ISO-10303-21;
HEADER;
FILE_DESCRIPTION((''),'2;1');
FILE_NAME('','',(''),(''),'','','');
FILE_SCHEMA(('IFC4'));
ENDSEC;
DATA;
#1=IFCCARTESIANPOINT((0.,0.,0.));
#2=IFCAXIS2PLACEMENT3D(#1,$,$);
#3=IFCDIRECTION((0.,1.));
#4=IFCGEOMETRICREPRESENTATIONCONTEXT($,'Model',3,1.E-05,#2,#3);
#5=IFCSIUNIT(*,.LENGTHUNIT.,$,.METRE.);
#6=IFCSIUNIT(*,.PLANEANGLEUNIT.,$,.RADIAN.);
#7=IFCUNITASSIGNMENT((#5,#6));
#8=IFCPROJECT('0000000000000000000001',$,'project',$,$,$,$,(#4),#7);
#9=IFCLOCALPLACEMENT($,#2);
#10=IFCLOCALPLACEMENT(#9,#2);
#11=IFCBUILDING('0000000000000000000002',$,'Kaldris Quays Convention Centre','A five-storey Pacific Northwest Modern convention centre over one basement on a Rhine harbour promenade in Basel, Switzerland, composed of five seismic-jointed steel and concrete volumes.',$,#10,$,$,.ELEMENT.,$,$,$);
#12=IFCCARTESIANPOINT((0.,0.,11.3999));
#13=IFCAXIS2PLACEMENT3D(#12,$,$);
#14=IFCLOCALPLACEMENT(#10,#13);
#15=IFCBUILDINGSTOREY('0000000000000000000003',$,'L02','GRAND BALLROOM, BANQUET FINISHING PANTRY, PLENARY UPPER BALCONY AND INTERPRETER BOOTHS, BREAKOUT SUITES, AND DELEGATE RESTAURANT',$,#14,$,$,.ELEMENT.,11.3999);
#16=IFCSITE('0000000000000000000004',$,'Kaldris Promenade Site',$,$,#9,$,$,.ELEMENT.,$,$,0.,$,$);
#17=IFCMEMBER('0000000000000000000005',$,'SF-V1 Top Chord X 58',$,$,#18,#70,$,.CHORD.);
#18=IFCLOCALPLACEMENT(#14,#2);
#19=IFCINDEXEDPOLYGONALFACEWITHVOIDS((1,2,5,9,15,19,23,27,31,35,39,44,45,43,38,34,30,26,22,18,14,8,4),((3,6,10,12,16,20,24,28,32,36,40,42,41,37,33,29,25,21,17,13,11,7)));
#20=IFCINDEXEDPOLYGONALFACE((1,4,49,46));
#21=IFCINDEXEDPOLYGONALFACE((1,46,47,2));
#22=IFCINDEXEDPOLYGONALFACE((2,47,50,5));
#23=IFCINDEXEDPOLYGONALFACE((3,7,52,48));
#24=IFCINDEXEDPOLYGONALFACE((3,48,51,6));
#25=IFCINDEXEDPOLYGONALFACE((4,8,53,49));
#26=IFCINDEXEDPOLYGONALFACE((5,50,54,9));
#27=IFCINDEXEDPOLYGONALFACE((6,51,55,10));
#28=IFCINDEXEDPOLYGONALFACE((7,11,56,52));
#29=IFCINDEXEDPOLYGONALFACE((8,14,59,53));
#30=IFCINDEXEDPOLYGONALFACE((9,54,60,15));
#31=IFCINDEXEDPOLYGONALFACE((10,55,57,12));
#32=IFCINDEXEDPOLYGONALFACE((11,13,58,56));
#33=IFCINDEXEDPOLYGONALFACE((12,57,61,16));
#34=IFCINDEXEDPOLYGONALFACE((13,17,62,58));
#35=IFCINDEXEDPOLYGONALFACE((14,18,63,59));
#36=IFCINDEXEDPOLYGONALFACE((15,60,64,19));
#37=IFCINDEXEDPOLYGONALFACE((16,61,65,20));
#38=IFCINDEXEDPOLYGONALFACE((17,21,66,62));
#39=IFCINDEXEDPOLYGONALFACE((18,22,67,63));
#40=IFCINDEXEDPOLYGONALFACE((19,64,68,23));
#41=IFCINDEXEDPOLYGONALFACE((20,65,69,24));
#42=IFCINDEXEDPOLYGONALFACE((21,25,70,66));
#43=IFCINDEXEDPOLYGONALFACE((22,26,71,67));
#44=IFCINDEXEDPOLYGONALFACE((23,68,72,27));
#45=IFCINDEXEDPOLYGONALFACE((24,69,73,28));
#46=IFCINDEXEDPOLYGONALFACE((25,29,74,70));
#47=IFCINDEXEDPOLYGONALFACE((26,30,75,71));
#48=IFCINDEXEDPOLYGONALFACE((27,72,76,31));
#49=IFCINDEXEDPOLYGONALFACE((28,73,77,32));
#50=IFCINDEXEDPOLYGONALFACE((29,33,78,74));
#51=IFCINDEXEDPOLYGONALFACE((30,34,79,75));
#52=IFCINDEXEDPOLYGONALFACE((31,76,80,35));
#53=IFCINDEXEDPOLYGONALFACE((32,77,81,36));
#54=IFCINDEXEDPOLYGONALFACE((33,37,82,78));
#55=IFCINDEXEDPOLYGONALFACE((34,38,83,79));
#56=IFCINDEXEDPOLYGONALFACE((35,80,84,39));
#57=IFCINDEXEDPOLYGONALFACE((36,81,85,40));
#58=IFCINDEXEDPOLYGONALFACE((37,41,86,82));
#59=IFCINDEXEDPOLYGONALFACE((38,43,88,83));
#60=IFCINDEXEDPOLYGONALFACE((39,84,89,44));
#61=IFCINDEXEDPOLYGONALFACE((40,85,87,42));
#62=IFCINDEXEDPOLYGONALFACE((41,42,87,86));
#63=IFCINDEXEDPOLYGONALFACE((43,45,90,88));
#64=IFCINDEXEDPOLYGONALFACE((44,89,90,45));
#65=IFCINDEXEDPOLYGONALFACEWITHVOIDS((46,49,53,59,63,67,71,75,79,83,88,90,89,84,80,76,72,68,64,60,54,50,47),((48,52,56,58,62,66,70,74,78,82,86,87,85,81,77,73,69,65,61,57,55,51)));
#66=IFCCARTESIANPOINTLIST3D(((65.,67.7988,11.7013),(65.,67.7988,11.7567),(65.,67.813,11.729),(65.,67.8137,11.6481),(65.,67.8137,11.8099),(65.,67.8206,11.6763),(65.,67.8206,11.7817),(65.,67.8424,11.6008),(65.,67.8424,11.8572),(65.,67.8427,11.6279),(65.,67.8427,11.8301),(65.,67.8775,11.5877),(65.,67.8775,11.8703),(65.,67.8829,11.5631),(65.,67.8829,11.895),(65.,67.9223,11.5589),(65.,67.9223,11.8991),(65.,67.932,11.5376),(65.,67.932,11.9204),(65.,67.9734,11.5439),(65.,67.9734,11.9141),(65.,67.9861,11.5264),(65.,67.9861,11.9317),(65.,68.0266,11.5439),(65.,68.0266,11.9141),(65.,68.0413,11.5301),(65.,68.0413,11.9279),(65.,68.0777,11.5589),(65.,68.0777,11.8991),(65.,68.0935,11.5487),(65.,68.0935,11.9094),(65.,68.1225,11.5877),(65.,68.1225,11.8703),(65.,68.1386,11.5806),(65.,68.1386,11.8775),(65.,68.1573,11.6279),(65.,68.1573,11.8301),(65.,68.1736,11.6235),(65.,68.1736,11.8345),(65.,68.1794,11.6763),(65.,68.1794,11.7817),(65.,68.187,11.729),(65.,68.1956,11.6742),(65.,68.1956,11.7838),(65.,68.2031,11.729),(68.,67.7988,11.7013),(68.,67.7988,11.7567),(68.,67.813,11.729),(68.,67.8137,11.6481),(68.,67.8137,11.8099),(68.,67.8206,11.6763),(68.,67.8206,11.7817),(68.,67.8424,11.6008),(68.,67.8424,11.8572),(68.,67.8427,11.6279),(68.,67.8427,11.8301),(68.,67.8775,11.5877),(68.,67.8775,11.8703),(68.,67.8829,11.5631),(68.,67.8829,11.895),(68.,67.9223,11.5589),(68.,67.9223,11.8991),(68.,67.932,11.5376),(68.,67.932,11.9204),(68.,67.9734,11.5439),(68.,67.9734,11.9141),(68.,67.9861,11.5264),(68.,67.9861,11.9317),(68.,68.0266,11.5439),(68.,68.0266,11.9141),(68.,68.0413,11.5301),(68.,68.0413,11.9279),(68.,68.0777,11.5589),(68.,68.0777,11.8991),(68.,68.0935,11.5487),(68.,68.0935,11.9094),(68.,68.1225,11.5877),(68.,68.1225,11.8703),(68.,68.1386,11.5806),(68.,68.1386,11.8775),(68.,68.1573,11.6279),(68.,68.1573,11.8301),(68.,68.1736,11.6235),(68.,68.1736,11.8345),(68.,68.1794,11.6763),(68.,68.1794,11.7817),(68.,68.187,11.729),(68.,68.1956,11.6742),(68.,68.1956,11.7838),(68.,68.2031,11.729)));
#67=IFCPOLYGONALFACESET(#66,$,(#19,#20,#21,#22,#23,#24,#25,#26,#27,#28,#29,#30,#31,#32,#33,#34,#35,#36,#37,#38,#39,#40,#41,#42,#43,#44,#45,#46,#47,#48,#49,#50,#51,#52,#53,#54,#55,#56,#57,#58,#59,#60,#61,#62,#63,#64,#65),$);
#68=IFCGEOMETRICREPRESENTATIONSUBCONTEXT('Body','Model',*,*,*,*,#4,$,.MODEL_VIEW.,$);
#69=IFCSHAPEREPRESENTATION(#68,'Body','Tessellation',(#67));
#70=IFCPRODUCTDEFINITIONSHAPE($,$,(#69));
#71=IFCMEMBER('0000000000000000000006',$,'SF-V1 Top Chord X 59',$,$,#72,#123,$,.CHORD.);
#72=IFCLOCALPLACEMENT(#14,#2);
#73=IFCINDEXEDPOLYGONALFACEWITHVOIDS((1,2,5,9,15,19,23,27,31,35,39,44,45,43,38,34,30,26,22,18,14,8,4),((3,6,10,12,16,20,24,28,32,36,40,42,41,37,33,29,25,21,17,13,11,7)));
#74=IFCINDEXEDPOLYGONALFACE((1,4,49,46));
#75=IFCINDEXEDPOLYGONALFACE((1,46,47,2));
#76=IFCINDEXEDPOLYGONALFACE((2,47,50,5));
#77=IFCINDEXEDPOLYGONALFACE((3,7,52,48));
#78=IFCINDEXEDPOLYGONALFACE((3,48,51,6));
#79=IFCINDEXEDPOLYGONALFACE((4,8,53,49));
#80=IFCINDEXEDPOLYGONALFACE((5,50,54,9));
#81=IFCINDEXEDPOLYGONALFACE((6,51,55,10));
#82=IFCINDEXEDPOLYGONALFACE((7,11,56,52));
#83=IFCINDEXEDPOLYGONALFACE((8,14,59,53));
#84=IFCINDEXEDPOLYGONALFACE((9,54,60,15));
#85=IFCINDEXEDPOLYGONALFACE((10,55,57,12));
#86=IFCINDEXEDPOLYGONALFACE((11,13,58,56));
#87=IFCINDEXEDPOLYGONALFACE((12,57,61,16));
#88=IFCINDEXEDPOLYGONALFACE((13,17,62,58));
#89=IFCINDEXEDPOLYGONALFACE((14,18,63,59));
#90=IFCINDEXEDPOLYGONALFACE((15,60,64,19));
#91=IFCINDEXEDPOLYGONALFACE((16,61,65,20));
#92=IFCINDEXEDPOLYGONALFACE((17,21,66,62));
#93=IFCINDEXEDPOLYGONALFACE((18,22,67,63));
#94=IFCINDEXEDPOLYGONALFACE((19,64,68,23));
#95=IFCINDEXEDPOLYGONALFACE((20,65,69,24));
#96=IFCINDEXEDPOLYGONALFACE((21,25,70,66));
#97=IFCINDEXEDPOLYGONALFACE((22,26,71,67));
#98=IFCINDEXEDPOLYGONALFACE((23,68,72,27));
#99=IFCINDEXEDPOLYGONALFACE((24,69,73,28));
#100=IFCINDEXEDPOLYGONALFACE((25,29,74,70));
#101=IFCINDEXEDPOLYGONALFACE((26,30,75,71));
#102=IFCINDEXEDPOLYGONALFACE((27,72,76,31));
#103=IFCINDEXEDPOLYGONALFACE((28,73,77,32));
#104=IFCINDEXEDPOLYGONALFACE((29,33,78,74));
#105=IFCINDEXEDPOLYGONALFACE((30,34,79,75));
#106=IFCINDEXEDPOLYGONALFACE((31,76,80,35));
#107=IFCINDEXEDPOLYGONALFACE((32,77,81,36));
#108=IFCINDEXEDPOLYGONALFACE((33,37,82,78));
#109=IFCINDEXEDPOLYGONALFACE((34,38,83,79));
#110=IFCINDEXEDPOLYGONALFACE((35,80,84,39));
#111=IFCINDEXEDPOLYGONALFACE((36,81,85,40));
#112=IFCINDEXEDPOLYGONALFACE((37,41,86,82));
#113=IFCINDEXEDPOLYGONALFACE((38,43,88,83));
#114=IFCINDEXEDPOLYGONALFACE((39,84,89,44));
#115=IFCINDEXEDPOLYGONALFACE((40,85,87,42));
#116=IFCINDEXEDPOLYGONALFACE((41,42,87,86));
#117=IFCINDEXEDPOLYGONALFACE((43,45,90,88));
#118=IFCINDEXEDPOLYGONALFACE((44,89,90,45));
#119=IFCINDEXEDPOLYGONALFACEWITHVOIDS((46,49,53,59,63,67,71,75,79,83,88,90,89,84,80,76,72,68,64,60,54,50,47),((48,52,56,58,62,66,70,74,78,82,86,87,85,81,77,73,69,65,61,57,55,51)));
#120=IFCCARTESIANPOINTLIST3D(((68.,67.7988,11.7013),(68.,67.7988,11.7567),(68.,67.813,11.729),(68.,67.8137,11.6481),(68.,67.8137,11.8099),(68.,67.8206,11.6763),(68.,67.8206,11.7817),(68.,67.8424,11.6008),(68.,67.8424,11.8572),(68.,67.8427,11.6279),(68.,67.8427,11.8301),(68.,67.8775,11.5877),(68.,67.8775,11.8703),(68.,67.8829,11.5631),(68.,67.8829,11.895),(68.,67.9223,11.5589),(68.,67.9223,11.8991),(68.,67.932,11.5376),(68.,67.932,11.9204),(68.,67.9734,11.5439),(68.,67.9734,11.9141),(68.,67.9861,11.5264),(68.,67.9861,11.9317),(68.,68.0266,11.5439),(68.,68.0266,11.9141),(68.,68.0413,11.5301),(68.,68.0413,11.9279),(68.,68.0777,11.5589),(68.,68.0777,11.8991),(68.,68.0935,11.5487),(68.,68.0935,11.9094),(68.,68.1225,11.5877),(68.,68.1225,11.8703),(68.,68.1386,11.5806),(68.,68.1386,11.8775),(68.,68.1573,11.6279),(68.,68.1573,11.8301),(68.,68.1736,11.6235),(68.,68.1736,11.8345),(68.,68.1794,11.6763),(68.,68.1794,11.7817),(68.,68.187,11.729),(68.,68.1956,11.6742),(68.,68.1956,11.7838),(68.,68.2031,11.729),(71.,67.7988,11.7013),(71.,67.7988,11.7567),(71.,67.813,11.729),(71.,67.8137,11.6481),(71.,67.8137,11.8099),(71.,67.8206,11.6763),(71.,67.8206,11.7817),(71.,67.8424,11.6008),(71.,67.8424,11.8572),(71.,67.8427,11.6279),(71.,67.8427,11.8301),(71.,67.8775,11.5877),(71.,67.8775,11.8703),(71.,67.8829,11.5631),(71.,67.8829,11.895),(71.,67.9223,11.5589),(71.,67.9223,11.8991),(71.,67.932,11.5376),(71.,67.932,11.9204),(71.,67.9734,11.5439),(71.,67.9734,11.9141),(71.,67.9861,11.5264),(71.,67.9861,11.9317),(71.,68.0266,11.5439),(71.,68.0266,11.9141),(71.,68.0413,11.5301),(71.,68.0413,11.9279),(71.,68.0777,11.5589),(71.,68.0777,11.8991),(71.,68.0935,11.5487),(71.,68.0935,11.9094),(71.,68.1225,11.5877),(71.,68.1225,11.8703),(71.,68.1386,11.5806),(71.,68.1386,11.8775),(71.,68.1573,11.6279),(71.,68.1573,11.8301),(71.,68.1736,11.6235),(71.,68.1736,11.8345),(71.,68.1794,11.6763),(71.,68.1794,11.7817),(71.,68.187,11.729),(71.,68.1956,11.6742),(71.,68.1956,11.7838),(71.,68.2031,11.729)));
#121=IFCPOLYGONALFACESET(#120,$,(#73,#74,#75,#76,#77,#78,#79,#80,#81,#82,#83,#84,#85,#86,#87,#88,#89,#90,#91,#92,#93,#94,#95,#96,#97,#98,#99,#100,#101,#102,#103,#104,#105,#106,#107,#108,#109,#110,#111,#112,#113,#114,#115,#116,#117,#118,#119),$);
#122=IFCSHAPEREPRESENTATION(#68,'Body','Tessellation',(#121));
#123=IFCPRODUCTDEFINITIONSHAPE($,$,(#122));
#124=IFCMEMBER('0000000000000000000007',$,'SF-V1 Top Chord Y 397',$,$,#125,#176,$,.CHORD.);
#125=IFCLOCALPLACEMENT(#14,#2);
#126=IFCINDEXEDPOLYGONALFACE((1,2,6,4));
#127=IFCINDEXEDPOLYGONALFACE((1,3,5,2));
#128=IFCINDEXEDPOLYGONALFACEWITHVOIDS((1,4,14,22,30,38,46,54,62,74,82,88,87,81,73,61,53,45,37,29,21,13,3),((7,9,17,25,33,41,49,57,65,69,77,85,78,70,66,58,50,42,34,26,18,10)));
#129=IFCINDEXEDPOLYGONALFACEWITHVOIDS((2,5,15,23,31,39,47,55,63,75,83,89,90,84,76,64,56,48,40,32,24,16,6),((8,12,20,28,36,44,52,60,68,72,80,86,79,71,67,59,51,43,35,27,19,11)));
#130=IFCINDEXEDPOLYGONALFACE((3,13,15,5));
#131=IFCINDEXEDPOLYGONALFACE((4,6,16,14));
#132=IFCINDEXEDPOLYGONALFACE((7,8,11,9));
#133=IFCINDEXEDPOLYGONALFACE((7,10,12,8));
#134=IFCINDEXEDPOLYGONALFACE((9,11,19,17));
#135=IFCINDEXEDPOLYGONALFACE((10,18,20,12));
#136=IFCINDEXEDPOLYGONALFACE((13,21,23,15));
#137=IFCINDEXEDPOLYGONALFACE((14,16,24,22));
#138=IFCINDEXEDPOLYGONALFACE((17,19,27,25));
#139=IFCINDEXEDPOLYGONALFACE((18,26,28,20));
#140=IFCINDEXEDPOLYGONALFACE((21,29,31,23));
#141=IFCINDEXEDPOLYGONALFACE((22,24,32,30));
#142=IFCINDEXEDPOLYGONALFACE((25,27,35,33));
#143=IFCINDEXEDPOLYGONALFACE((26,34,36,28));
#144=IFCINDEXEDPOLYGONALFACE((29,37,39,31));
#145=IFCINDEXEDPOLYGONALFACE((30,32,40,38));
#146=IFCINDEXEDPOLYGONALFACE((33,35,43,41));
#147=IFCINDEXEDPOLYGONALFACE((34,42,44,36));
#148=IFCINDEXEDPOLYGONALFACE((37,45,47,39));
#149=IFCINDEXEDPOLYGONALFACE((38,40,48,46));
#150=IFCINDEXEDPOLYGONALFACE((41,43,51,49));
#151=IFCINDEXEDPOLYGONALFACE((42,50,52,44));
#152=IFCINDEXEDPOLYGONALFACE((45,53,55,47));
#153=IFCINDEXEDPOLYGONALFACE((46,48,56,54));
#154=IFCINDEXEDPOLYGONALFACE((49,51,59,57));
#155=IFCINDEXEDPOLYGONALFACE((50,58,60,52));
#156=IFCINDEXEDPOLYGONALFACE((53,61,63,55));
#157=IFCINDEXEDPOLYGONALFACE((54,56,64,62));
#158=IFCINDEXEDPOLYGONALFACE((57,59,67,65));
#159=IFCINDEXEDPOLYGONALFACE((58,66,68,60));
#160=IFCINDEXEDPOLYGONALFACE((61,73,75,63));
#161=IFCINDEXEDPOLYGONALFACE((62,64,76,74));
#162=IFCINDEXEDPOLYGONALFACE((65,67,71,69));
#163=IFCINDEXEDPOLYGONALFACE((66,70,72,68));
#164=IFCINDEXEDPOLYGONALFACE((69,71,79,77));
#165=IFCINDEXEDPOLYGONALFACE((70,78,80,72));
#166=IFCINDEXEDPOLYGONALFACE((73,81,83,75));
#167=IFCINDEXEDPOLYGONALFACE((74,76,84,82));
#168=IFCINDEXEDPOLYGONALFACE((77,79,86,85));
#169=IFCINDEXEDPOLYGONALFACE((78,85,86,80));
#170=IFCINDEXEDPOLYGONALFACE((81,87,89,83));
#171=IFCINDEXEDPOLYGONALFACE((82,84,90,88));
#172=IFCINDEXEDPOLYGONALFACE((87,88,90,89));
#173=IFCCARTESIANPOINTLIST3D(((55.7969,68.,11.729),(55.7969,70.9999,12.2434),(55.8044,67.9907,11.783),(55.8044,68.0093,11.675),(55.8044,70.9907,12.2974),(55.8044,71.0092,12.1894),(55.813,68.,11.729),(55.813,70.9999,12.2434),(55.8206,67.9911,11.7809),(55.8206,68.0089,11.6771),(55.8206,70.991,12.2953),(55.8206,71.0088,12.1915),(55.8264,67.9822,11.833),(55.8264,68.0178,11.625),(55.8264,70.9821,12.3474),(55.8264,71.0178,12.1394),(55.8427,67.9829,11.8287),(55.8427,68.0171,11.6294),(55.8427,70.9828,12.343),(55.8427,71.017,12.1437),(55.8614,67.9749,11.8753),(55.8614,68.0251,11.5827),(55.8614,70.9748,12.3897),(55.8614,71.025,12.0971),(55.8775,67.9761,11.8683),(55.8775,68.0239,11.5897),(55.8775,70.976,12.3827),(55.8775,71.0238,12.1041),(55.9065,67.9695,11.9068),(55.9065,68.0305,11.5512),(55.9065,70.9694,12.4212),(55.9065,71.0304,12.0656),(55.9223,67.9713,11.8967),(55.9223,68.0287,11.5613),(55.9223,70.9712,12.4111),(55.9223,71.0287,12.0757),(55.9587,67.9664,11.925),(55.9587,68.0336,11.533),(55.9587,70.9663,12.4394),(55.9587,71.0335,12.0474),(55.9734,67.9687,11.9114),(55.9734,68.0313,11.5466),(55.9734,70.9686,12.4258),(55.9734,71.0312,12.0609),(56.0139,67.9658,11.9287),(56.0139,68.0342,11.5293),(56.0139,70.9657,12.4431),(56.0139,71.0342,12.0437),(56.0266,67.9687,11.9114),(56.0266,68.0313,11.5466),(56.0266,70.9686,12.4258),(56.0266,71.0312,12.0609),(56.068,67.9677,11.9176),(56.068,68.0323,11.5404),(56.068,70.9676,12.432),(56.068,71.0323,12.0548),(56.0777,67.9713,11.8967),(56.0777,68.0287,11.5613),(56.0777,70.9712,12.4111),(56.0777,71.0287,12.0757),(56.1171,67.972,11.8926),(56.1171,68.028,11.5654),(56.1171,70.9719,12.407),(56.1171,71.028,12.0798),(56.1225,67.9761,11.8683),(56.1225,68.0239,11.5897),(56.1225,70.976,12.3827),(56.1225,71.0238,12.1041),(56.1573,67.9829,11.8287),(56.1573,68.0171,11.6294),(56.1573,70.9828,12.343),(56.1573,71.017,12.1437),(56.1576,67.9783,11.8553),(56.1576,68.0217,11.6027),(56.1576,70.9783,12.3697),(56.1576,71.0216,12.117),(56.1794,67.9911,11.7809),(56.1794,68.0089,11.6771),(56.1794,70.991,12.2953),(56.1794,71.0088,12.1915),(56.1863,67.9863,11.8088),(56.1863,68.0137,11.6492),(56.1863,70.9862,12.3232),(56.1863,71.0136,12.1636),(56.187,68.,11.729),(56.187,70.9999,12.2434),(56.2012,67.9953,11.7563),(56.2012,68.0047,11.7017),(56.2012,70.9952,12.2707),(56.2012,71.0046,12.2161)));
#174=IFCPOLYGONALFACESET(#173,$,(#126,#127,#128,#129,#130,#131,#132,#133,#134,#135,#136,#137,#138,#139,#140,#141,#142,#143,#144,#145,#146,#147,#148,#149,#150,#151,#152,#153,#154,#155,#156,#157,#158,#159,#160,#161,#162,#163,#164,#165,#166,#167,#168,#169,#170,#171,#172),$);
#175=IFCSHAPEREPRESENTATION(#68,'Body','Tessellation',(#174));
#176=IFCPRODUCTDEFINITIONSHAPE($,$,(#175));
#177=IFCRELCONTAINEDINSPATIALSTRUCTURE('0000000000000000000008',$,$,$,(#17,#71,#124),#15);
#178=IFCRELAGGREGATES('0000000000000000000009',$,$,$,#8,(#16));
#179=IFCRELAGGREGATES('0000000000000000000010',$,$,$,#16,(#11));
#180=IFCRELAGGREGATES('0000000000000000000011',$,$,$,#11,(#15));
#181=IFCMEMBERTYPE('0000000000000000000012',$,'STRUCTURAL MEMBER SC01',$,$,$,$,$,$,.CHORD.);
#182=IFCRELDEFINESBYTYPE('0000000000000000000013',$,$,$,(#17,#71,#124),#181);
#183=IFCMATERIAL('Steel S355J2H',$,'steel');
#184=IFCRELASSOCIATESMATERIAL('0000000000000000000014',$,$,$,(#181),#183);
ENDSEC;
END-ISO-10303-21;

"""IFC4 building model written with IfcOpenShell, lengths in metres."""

from ifc_helpers import new_model, si_unit, direction, frame, origin, origin_2d, place, context, subcontext, project, spatial, hollow_circle, extrude, material, material_profile, profile_set, type_object, element, save


model = new_model("IFC4")

# Units and contexts
model_context = context("Model", 3, precision=1e-05, world=origin(), true_north=direction((0.0, 1.0)))
body_context = subcontext(model_context, "Body", "Model", "MODEL_VIEW")
ifc_project = project(units=[si_unit("LENGTHUNIT", "METRE"), si_unit("PLANEANGLEUNIT", "RADIAN")], contexts=[model_context])

# Site, building, storey
site_placement = place(None, origin())
site = spatial("IfcSite", under=ifc_project, at=site_placement, Name="Kaldris Promenade Site", CompositionType="ELEMENT", RefElevation=0.0)
building_placement = place(site_placement, origin())
building = spatial("IfcBuilding", under=site, at=building_placement, Name="Kaldris Quays Convention Centre", Description="A five-storey Pacific Northwest Modern convention centre over one basement on a Rhine harbour promenade in Basel, Switzerland, composed of five seismic-jointed steel and concrete volumes.", CompositionType="ELEMENT")
storey_placement = place(building_placement, frame((0.0, 0.0, 11.3999)))
storey = spatial("IfcBuildingStorey", under=building, at=storey_placement, Name="L02", Description="GRAND BALLROOM, BANQUET FINISHING PANTRY, PLENARY UPPER BALCONY AND INTERPRETER BOOTHS, BREAKOUT SUITES, AND DELEGATE RESTAURANT", CompositionType="ELEMENT", Elevation=11.3999)

# Members
ifc_material = material(Name="Steel S355J2H", Category="steel")
ifc_material_profile_1 = material_profile(ifc_material, hollow_circle(Radius=0.2031, WallThickness=0.0161, at=origin_2d()), Name="CHS 406.4x16")
ifc_profile_set_1 = profile_set([ifc_material_profile_1], Name="Steel S355J2H")
member_type_1 = type_object("IfcMemberType", Name="STRUCTURAL MEMBER SC01", PredefinedType="CHORD", material=ifc_profile_set_1)
for number, where, z_axis, x_axis, name in (
    (1, (65.0, 68.0, 11.729), (1.0, 0.0, 0.0), (0.0, 1.0, 0.0), "SF-V1 Top Chord X 58"),
    (2, (68.0, 68.0, 11.729), (1.0, 0.0, 0.0), (0.0, 1.0, 0.0), "SF-V1 Top Chord X 59"),
):
    element("IfcMember", number, at=place(storey_placement, frame(where, z_axis=z_axis, x_axis=x_axis)), inside=storey, type_object=member_type_1, Name=name, PredefinedType="CHORD", context=body_context, shape_type="SweptSolid", body=[
        extrude(hollow_circle(Radius=0.2031, WallThickness=0.0161, at=origin_2d()), origin(), (0.0, 0.0, 1.0), 3.0),
    ])
for number, where, z_axis, x_axis, name in (
    (3, (56.0, 68.0, 11.729), (0.0, 0.985616, 0.169002), (-1.0, 0.0, 0.0), "SF-V1 Top Chord Y 397"),
):
    element("IfcMember", number, at=place(storey_placement, frame(where, z_axis=z_axis, x_axis=x_axis)), inside=storey, type_object=member_type_1, Name=name, PredefinedType="CHORD", context=body_context, shape_type="SweptSolid", body=[
        extrude(hollow_circle(Radius=0.2031, WallThickness=0.0161, at=origin_2d()), origin(), (0.0, 0.0, 1.0), 3.0437),
    ])

save(model, "model.ifc")
